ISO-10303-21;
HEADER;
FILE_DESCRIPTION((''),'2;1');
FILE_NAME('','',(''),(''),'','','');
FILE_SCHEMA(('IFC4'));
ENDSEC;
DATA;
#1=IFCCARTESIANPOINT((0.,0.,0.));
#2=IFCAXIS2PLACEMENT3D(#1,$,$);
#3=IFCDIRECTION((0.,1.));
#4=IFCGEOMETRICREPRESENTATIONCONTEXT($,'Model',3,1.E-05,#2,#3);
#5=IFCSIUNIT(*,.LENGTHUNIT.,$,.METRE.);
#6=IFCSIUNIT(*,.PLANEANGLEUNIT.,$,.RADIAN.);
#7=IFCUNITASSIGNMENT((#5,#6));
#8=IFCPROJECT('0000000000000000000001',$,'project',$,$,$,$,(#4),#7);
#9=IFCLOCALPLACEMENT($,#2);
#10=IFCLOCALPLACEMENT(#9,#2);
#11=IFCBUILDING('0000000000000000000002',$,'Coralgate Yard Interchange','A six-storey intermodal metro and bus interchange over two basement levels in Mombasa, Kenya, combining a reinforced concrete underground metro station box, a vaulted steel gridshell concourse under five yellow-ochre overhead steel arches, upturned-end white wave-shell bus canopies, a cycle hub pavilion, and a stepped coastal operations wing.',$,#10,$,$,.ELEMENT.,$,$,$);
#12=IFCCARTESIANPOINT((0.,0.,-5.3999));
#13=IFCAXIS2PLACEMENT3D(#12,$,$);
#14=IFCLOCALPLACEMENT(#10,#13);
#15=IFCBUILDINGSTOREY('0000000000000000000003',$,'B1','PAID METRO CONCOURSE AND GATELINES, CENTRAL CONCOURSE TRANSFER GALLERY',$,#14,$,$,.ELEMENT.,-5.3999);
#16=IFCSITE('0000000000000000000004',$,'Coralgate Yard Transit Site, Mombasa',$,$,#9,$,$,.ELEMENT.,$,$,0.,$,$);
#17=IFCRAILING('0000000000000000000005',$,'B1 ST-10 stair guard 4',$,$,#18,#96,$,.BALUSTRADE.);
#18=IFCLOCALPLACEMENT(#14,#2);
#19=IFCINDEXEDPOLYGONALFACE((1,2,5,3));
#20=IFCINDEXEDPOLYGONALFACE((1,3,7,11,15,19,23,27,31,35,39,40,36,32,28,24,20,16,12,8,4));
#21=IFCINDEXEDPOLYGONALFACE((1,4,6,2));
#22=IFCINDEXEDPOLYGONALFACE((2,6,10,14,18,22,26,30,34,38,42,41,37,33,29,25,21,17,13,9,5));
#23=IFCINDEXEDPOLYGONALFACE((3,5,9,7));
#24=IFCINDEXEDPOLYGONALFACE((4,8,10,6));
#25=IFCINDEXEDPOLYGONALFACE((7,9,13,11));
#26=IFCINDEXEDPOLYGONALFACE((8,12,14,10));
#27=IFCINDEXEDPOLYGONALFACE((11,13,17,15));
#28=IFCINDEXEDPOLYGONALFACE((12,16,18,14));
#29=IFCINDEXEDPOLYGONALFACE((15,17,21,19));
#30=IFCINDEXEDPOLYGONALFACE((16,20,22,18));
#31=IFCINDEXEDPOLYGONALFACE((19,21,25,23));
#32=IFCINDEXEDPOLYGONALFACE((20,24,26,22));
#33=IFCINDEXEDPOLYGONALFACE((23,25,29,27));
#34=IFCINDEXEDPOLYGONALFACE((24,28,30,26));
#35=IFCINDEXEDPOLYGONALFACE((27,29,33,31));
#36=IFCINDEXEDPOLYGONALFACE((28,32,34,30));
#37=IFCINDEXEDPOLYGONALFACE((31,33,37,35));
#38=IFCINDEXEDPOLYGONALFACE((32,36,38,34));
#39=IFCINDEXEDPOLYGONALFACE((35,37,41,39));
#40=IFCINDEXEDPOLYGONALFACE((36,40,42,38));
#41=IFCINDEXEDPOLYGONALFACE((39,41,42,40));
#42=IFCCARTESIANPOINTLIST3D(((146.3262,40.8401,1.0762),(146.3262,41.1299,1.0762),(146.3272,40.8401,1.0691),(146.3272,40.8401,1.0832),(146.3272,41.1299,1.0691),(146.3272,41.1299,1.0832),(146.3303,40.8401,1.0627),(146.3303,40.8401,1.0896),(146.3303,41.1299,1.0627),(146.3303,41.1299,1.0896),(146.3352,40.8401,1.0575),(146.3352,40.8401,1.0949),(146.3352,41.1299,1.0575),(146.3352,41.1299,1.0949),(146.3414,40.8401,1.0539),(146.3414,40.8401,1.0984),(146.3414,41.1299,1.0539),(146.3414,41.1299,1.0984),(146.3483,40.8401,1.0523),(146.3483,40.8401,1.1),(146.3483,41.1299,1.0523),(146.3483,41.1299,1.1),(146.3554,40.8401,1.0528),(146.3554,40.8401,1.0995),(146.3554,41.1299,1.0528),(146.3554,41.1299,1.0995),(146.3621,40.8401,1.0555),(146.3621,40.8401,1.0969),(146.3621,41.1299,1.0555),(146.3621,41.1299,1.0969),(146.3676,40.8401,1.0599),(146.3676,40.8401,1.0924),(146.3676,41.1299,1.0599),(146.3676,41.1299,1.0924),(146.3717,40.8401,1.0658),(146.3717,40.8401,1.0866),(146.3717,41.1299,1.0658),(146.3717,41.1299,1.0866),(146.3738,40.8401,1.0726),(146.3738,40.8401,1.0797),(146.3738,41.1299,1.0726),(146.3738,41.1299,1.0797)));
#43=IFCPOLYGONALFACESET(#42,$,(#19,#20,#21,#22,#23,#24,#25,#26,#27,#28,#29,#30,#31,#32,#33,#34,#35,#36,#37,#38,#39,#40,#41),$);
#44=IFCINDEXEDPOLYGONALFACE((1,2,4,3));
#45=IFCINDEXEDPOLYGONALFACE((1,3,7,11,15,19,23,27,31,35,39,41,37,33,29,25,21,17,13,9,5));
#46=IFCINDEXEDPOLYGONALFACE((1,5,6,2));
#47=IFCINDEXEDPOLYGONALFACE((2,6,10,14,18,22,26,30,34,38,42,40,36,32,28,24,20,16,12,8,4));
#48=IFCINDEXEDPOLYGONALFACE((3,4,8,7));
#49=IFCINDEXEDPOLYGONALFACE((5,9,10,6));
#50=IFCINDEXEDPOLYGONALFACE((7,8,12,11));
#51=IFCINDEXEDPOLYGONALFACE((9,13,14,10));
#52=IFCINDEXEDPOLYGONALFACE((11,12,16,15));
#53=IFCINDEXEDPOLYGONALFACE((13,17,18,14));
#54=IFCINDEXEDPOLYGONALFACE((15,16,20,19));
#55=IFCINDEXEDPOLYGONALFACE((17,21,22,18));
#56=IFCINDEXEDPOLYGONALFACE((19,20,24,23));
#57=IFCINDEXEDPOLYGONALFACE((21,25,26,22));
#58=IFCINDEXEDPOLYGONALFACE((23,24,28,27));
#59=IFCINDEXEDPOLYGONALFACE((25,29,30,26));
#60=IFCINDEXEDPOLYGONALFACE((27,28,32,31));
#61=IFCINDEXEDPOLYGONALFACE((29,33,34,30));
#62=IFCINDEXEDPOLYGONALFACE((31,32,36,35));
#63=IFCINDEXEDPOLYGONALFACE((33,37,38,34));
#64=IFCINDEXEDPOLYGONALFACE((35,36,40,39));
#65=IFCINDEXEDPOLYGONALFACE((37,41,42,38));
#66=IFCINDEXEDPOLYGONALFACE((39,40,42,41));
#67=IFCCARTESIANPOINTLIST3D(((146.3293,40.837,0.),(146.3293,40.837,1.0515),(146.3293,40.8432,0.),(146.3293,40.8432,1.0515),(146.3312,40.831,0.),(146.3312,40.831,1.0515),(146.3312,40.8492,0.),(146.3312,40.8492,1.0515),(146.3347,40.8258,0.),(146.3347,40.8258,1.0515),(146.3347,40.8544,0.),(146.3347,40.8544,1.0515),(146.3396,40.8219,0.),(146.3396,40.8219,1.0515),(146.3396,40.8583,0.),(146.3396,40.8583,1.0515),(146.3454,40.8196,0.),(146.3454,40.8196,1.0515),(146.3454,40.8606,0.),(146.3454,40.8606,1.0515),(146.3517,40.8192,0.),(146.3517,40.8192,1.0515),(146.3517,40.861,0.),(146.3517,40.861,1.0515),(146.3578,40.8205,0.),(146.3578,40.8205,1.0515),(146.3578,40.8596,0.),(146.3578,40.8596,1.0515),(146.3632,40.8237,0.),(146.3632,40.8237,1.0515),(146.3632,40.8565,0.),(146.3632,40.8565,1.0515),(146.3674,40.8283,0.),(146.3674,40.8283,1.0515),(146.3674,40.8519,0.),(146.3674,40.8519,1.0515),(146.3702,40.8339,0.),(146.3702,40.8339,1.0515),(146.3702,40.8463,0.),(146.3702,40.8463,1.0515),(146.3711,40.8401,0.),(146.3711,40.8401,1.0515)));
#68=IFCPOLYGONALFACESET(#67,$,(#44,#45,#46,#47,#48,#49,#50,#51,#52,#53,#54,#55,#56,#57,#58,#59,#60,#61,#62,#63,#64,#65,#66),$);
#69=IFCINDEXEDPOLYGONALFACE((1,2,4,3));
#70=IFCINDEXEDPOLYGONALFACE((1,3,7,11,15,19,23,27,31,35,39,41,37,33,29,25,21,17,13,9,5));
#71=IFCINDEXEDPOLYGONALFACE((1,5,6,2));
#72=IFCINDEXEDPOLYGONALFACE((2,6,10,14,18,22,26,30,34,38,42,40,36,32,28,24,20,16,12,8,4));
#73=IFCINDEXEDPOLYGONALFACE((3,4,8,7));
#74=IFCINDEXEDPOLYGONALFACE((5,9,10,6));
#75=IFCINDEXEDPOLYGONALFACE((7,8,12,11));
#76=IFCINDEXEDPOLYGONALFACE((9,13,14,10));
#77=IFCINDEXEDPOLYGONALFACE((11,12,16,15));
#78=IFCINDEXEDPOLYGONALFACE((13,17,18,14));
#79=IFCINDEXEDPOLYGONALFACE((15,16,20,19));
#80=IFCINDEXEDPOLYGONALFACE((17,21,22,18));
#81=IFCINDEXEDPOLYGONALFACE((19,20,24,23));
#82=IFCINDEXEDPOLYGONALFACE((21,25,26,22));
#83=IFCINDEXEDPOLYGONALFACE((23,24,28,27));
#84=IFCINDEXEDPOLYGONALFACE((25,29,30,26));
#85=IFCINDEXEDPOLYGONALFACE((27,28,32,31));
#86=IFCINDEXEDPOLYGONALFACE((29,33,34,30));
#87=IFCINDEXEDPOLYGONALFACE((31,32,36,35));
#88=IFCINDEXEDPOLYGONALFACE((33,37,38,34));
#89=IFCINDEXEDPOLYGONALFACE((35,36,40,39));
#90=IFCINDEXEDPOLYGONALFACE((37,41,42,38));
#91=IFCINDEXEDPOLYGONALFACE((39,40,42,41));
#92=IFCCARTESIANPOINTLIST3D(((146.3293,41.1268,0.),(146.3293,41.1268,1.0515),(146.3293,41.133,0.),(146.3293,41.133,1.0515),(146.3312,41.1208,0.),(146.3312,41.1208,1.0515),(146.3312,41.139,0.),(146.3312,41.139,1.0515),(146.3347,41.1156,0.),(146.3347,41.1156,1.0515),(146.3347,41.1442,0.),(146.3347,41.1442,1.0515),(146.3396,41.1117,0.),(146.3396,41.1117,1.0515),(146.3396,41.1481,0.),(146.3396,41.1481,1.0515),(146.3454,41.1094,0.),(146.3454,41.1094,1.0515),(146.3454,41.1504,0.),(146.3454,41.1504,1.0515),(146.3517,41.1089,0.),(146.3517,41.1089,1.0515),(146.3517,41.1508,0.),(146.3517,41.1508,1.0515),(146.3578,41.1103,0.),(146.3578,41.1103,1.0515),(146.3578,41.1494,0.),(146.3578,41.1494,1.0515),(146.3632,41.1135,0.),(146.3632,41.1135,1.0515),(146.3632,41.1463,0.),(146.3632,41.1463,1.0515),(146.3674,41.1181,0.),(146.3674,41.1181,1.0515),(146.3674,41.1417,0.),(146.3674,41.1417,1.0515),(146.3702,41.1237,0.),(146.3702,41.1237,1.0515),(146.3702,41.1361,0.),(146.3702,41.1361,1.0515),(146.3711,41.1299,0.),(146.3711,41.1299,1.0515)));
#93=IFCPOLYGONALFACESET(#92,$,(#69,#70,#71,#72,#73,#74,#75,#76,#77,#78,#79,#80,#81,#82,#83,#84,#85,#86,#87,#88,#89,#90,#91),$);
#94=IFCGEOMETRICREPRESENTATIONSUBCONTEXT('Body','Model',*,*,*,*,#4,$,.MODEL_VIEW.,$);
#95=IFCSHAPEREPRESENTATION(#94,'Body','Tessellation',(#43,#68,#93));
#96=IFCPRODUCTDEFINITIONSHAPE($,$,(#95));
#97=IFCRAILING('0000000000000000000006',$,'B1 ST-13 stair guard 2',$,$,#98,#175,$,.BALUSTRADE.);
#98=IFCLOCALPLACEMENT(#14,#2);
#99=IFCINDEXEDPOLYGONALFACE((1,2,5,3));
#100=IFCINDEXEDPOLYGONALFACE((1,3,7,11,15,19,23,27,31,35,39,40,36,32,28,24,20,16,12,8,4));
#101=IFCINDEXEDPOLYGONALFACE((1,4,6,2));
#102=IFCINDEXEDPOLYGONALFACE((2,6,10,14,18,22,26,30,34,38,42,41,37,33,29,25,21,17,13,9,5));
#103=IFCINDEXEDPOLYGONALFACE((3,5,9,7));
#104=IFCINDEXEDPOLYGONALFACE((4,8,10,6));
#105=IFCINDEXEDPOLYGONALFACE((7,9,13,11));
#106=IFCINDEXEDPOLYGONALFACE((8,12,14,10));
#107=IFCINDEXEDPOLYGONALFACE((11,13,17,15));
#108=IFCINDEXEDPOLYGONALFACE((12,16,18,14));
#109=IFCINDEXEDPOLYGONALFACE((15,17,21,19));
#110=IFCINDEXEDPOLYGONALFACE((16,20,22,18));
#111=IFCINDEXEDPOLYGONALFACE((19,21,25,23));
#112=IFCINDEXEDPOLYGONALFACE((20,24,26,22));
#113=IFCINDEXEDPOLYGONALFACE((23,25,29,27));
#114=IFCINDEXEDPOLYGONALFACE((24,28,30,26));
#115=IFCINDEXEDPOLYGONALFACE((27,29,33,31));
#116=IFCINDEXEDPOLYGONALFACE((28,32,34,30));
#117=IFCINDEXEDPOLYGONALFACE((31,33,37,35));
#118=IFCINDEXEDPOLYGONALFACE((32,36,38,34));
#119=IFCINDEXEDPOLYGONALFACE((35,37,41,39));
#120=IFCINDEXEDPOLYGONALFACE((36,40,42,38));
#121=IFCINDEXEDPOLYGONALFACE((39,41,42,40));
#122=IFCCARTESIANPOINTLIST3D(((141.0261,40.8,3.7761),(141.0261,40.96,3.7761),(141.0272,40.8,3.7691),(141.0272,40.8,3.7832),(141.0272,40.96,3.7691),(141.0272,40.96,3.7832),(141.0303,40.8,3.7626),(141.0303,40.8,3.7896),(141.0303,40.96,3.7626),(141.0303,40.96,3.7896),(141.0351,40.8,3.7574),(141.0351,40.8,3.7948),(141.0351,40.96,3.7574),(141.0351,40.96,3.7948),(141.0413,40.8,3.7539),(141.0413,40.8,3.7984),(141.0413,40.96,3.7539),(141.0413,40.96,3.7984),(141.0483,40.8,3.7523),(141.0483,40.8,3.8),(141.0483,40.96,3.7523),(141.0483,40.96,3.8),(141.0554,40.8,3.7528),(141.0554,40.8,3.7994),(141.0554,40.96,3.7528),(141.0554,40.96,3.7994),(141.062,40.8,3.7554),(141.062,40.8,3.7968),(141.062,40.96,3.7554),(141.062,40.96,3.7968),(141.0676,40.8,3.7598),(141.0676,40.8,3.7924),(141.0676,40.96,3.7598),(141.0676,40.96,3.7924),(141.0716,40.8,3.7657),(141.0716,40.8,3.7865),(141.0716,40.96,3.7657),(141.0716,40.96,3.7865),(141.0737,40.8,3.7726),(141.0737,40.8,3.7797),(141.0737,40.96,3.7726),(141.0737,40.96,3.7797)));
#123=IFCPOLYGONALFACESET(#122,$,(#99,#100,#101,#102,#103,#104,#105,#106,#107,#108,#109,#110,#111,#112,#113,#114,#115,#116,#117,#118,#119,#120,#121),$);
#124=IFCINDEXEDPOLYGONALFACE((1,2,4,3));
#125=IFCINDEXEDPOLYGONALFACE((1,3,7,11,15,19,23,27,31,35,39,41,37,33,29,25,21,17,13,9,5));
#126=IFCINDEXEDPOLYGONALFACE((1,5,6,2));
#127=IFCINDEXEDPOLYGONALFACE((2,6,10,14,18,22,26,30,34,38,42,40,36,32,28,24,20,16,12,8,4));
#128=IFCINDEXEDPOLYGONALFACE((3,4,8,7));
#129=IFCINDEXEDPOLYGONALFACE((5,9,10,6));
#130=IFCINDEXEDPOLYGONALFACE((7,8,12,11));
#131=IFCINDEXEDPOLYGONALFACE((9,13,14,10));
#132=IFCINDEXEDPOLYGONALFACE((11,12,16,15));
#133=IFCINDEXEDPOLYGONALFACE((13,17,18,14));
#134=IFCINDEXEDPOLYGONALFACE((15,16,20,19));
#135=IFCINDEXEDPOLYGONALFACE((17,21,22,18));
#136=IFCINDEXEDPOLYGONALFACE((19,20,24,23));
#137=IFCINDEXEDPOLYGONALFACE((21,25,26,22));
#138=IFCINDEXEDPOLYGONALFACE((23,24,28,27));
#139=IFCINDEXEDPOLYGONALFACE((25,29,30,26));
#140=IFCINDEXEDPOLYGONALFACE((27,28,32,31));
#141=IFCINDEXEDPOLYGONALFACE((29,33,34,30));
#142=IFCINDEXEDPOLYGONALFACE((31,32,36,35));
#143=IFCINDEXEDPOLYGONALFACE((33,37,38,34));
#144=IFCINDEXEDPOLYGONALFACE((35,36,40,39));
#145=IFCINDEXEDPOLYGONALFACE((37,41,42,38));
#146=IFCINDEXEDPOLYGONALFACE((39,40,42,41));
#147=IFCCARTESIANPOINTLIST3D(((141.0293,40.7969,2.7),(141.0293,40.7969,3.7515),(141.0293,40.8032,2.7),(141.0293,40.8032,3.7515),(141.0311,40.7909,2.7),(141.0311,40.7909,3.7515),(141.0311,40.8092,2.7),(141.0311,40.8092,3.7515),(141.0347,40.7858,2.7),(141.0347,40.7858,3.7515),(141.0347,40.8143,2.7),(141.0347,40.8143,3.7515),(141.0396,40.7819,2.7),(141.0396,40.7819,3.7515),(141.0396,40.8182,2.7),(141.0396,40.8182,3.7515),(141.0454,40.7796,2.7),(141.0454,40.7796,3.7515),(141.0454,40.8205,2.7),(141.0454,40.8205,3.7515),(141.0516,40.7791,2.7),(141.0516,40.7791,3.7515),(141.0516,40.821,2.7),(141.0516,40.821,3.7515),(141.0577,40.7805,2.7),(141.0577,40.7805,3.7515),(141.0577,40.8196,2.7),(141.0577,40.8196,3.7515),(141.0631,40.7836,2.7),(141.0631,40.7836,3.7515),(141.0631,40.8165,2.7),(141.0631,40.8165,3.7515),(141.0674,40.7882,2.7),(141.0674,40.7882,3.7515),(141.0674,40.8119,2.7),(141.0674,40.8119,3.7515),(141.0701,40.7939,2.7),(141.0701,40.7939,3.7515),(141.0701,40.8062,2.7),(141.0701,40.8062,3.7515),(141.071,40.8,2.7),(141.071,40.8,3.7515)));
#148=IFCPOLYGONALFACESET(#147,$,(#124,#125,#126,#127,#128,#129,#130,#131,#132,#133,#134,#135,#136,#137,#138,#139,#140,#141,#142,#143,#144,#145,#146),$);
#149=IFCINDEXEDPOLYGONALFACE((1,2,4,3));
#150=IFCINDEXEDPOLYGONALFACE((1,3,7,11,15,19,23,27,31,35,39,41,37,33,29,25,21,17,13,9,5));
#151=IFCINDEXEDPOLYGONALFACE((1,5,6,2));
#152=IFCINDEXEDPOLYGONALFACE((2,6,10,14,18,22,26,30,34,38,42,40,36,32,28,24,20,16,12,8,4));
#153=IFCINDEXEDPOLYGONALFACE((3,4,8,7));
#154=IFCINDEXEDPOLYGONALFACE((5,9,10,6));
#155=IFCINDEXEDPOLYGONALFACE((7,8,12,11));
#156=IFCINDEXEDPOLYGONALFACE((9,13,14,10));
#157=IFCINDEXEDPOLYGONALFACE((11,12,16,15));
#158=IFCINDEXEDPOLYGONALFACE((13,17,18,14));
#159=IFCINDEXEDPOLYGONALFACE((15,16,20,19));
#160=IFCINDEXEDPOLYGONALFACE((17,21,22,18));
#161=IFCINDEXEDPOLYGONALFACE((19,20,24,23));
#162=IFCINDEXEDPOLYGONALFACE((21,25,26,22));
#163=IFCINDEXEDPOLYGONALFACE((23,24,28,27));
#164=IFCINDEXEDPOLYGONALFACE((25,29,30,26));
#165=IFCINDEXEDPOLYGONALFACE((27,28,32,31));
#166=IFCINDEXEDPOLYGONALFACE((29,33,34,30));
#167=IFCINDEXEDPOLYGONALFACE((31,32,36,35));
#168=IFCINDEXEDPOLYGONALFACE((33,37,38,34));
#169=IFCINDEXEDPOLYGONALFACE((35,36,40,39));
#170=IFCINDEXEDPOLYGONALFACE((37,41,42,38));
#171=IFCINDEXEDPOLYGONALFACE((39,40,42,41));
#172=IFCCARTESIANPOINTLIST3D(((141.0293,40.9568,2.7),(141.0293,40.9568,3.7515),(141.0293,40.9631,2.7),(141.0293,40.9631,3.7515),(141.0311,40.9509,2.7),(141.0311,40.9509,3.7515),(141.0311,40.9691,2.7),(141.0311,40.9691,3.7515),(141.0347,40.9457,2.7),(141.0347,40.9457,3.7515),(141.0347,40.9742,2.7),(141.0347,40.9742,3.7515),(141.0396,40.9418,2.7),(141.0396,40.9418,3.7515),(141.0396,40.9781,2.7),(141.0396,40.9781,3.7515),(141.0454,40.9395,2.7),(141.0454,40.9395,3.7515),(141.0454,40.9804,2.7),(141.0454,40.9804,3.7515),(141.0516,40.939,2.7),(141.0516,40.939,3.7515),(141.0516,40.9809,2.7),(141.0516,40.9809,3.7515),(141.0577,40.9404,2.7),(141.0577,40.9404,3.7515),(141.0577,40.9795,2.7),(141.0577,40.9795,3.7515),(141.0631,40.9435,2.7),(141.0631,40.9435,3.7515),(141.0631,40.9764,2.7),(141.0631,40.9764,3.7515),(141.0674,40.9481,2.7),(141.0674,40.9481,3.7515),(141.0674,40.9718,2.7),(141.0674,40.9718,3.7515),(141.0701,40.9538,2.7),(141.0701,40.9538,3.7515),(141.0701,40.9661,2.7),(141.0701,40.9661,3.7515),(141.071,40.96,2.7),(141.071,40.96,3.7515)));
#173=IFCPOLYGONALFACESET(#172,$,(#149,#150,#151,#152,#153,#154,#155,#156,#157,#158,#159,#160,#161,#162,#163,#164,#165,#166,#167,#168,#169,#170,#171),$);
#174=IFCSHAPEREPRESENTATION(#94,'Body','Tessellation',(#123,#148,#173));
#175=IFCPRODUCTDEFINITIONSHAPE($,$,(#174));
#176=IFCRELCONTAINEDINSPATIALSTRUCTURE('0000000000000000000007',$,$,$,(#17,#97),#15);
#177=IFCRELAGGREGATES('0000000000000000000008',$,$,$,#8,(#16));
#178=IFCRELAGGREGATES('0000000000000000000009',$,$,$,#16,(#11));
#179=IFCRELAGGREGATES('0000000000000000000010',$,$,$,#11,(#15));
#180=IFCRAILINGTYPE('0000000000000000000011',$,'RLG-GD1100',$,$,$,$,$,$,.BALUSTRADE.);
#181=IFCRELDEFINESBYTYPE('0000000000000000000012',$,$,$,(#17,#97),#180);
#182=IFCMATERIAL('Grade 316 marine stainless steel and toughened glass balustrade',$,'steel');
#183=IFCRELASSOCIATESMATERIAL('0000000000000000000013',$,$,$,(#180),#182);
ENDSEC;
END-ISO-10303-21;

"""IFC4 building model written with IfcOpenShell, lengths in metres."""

from ifc_helpers import new_model, si_unit, direction, frame, origin, origin_2d, place, context, subcontext, project, spatial, circle, extrude, material, type_object, element, save


model = new_model("IFC4")

# Units and contexts
model_context = context("Model", 3, precision=1e-05, world=origin(), true_north=direction((0.0, 1.0)))
body_context = subcontext(model_context, "Body", "Model", "MODEL_VIEW")
ifc_project = project(units=[si_unit("LENGTHUNIT", "METRE"), si_unit("PLANEANGLEUNIT", "RADIAN")], contexts=[model_context])

# Site, building, storey
site_placement = place(None, origin())
site = spatial("IfcSite", under=ifc_project, at=site_placement, Name="Coralgate Yard Transit Site, Mombasa", CompositionType="ELEMENT", RefElevation=0.0)
building_placement = place(site_placement, origin())
building = spatial("IfcBuilding", under=site, at=building_placement, Name="Coralgate Yard Interchange", Description="A six-storey intermodal metro and bus interchange over two basement levels in Mombasa, Kenya, combining a reinforced concrete underground metro station box, a vaulted steel gridshell concourse under five yellow-ochre overhead steel arches, upturned-end white wave-shell bus canopies, a cycle hub pavilion, and a stepped coastal operations wing.", CompositionType="ELEMENT")
storey_placement = place(building_placement, frame((0.0, 0.0, -5.3999)))
storey = spatial("IfcBuildingStorey", under=building, at=storey_placement, Name="B1", Description="PAID METRO CONCOURSE AND GATELINES, CENTRAL CONCOURSE TRANSFER GALLERY", CompositionType="ELEMENT", Elevation=-5.3999)

# Railings
ifc_material_1 = material(Name="Grade 316 marine stainless steel and toughened glass balustrade", Category="steel")
railing_type_1 = type_object("IfcRailingType", Name="RLG-GD1100", PredefinedType="BALUSTRADE", material=ifc_material_1)
railing_1_placement = place(storey_placement, frame((146.3501, 40.8401, 0.0)))
element("IfcRailing", 1, at=railing_1_placement, inside=storey, type_object=railing_type_1, Name="B1 ST-10 stair guard 4", PredefinedType="BALUSTRADE", context=body_context, shape_type="SweptSolid", body=[
    extrude(circle(Radius=0.0239, at=origin_2d()), frame((0.0, 0.0, 1.0762), z_axis=(0.0, 1.0, 0.0), x_axis=(-1.0, 0.0, 0.0)), (0.0, 0.0, 1.0), 0.2898),
    extrude(circle(Radius=0.021, at=origin_2d()), origin(), (0.0, 0.0, 1.0), 1.0515),
    extrude(circle(Radius=0.021, at=origin_2d()), frame((0.0, 0.2898, 0.0)), (0.0, 0.0, 1.0), 1.0515),
])
railing_2_placement = place(storey_placement, frame((141.05, 40.8, 2.7)))
element("IfcRailing", 2, at=railing_2_placement, inside=storey, type_object=railing_type_1, Name="B1 ST-13 stair guard 2", PredefinedType="BALUSTRADE", context=body_context, shape_type="SweptSolid", body=[
    extrude(circle(Radius=0.0239, at=origin_2d()), frame((0.0, 0.0, 1.0762), z_axis=(0.0, 1.0, 0.0), x_axis=(-1.0, 0.0, 0.0)), (0.0, 0.0, 1.0), 0.1599),
    extrude(circle(Radius=0.021, at=origin_2d()), origin(), (0.0, 0.0, 1.0), 1.0515),
    extrude(circle(Radius=0.021, at=origin_2d()), frame((0.0, 0.1599, 0.0)), (0.0, 0.0, 1.0), 1.0515),
])

save(model, "model.ifc")
